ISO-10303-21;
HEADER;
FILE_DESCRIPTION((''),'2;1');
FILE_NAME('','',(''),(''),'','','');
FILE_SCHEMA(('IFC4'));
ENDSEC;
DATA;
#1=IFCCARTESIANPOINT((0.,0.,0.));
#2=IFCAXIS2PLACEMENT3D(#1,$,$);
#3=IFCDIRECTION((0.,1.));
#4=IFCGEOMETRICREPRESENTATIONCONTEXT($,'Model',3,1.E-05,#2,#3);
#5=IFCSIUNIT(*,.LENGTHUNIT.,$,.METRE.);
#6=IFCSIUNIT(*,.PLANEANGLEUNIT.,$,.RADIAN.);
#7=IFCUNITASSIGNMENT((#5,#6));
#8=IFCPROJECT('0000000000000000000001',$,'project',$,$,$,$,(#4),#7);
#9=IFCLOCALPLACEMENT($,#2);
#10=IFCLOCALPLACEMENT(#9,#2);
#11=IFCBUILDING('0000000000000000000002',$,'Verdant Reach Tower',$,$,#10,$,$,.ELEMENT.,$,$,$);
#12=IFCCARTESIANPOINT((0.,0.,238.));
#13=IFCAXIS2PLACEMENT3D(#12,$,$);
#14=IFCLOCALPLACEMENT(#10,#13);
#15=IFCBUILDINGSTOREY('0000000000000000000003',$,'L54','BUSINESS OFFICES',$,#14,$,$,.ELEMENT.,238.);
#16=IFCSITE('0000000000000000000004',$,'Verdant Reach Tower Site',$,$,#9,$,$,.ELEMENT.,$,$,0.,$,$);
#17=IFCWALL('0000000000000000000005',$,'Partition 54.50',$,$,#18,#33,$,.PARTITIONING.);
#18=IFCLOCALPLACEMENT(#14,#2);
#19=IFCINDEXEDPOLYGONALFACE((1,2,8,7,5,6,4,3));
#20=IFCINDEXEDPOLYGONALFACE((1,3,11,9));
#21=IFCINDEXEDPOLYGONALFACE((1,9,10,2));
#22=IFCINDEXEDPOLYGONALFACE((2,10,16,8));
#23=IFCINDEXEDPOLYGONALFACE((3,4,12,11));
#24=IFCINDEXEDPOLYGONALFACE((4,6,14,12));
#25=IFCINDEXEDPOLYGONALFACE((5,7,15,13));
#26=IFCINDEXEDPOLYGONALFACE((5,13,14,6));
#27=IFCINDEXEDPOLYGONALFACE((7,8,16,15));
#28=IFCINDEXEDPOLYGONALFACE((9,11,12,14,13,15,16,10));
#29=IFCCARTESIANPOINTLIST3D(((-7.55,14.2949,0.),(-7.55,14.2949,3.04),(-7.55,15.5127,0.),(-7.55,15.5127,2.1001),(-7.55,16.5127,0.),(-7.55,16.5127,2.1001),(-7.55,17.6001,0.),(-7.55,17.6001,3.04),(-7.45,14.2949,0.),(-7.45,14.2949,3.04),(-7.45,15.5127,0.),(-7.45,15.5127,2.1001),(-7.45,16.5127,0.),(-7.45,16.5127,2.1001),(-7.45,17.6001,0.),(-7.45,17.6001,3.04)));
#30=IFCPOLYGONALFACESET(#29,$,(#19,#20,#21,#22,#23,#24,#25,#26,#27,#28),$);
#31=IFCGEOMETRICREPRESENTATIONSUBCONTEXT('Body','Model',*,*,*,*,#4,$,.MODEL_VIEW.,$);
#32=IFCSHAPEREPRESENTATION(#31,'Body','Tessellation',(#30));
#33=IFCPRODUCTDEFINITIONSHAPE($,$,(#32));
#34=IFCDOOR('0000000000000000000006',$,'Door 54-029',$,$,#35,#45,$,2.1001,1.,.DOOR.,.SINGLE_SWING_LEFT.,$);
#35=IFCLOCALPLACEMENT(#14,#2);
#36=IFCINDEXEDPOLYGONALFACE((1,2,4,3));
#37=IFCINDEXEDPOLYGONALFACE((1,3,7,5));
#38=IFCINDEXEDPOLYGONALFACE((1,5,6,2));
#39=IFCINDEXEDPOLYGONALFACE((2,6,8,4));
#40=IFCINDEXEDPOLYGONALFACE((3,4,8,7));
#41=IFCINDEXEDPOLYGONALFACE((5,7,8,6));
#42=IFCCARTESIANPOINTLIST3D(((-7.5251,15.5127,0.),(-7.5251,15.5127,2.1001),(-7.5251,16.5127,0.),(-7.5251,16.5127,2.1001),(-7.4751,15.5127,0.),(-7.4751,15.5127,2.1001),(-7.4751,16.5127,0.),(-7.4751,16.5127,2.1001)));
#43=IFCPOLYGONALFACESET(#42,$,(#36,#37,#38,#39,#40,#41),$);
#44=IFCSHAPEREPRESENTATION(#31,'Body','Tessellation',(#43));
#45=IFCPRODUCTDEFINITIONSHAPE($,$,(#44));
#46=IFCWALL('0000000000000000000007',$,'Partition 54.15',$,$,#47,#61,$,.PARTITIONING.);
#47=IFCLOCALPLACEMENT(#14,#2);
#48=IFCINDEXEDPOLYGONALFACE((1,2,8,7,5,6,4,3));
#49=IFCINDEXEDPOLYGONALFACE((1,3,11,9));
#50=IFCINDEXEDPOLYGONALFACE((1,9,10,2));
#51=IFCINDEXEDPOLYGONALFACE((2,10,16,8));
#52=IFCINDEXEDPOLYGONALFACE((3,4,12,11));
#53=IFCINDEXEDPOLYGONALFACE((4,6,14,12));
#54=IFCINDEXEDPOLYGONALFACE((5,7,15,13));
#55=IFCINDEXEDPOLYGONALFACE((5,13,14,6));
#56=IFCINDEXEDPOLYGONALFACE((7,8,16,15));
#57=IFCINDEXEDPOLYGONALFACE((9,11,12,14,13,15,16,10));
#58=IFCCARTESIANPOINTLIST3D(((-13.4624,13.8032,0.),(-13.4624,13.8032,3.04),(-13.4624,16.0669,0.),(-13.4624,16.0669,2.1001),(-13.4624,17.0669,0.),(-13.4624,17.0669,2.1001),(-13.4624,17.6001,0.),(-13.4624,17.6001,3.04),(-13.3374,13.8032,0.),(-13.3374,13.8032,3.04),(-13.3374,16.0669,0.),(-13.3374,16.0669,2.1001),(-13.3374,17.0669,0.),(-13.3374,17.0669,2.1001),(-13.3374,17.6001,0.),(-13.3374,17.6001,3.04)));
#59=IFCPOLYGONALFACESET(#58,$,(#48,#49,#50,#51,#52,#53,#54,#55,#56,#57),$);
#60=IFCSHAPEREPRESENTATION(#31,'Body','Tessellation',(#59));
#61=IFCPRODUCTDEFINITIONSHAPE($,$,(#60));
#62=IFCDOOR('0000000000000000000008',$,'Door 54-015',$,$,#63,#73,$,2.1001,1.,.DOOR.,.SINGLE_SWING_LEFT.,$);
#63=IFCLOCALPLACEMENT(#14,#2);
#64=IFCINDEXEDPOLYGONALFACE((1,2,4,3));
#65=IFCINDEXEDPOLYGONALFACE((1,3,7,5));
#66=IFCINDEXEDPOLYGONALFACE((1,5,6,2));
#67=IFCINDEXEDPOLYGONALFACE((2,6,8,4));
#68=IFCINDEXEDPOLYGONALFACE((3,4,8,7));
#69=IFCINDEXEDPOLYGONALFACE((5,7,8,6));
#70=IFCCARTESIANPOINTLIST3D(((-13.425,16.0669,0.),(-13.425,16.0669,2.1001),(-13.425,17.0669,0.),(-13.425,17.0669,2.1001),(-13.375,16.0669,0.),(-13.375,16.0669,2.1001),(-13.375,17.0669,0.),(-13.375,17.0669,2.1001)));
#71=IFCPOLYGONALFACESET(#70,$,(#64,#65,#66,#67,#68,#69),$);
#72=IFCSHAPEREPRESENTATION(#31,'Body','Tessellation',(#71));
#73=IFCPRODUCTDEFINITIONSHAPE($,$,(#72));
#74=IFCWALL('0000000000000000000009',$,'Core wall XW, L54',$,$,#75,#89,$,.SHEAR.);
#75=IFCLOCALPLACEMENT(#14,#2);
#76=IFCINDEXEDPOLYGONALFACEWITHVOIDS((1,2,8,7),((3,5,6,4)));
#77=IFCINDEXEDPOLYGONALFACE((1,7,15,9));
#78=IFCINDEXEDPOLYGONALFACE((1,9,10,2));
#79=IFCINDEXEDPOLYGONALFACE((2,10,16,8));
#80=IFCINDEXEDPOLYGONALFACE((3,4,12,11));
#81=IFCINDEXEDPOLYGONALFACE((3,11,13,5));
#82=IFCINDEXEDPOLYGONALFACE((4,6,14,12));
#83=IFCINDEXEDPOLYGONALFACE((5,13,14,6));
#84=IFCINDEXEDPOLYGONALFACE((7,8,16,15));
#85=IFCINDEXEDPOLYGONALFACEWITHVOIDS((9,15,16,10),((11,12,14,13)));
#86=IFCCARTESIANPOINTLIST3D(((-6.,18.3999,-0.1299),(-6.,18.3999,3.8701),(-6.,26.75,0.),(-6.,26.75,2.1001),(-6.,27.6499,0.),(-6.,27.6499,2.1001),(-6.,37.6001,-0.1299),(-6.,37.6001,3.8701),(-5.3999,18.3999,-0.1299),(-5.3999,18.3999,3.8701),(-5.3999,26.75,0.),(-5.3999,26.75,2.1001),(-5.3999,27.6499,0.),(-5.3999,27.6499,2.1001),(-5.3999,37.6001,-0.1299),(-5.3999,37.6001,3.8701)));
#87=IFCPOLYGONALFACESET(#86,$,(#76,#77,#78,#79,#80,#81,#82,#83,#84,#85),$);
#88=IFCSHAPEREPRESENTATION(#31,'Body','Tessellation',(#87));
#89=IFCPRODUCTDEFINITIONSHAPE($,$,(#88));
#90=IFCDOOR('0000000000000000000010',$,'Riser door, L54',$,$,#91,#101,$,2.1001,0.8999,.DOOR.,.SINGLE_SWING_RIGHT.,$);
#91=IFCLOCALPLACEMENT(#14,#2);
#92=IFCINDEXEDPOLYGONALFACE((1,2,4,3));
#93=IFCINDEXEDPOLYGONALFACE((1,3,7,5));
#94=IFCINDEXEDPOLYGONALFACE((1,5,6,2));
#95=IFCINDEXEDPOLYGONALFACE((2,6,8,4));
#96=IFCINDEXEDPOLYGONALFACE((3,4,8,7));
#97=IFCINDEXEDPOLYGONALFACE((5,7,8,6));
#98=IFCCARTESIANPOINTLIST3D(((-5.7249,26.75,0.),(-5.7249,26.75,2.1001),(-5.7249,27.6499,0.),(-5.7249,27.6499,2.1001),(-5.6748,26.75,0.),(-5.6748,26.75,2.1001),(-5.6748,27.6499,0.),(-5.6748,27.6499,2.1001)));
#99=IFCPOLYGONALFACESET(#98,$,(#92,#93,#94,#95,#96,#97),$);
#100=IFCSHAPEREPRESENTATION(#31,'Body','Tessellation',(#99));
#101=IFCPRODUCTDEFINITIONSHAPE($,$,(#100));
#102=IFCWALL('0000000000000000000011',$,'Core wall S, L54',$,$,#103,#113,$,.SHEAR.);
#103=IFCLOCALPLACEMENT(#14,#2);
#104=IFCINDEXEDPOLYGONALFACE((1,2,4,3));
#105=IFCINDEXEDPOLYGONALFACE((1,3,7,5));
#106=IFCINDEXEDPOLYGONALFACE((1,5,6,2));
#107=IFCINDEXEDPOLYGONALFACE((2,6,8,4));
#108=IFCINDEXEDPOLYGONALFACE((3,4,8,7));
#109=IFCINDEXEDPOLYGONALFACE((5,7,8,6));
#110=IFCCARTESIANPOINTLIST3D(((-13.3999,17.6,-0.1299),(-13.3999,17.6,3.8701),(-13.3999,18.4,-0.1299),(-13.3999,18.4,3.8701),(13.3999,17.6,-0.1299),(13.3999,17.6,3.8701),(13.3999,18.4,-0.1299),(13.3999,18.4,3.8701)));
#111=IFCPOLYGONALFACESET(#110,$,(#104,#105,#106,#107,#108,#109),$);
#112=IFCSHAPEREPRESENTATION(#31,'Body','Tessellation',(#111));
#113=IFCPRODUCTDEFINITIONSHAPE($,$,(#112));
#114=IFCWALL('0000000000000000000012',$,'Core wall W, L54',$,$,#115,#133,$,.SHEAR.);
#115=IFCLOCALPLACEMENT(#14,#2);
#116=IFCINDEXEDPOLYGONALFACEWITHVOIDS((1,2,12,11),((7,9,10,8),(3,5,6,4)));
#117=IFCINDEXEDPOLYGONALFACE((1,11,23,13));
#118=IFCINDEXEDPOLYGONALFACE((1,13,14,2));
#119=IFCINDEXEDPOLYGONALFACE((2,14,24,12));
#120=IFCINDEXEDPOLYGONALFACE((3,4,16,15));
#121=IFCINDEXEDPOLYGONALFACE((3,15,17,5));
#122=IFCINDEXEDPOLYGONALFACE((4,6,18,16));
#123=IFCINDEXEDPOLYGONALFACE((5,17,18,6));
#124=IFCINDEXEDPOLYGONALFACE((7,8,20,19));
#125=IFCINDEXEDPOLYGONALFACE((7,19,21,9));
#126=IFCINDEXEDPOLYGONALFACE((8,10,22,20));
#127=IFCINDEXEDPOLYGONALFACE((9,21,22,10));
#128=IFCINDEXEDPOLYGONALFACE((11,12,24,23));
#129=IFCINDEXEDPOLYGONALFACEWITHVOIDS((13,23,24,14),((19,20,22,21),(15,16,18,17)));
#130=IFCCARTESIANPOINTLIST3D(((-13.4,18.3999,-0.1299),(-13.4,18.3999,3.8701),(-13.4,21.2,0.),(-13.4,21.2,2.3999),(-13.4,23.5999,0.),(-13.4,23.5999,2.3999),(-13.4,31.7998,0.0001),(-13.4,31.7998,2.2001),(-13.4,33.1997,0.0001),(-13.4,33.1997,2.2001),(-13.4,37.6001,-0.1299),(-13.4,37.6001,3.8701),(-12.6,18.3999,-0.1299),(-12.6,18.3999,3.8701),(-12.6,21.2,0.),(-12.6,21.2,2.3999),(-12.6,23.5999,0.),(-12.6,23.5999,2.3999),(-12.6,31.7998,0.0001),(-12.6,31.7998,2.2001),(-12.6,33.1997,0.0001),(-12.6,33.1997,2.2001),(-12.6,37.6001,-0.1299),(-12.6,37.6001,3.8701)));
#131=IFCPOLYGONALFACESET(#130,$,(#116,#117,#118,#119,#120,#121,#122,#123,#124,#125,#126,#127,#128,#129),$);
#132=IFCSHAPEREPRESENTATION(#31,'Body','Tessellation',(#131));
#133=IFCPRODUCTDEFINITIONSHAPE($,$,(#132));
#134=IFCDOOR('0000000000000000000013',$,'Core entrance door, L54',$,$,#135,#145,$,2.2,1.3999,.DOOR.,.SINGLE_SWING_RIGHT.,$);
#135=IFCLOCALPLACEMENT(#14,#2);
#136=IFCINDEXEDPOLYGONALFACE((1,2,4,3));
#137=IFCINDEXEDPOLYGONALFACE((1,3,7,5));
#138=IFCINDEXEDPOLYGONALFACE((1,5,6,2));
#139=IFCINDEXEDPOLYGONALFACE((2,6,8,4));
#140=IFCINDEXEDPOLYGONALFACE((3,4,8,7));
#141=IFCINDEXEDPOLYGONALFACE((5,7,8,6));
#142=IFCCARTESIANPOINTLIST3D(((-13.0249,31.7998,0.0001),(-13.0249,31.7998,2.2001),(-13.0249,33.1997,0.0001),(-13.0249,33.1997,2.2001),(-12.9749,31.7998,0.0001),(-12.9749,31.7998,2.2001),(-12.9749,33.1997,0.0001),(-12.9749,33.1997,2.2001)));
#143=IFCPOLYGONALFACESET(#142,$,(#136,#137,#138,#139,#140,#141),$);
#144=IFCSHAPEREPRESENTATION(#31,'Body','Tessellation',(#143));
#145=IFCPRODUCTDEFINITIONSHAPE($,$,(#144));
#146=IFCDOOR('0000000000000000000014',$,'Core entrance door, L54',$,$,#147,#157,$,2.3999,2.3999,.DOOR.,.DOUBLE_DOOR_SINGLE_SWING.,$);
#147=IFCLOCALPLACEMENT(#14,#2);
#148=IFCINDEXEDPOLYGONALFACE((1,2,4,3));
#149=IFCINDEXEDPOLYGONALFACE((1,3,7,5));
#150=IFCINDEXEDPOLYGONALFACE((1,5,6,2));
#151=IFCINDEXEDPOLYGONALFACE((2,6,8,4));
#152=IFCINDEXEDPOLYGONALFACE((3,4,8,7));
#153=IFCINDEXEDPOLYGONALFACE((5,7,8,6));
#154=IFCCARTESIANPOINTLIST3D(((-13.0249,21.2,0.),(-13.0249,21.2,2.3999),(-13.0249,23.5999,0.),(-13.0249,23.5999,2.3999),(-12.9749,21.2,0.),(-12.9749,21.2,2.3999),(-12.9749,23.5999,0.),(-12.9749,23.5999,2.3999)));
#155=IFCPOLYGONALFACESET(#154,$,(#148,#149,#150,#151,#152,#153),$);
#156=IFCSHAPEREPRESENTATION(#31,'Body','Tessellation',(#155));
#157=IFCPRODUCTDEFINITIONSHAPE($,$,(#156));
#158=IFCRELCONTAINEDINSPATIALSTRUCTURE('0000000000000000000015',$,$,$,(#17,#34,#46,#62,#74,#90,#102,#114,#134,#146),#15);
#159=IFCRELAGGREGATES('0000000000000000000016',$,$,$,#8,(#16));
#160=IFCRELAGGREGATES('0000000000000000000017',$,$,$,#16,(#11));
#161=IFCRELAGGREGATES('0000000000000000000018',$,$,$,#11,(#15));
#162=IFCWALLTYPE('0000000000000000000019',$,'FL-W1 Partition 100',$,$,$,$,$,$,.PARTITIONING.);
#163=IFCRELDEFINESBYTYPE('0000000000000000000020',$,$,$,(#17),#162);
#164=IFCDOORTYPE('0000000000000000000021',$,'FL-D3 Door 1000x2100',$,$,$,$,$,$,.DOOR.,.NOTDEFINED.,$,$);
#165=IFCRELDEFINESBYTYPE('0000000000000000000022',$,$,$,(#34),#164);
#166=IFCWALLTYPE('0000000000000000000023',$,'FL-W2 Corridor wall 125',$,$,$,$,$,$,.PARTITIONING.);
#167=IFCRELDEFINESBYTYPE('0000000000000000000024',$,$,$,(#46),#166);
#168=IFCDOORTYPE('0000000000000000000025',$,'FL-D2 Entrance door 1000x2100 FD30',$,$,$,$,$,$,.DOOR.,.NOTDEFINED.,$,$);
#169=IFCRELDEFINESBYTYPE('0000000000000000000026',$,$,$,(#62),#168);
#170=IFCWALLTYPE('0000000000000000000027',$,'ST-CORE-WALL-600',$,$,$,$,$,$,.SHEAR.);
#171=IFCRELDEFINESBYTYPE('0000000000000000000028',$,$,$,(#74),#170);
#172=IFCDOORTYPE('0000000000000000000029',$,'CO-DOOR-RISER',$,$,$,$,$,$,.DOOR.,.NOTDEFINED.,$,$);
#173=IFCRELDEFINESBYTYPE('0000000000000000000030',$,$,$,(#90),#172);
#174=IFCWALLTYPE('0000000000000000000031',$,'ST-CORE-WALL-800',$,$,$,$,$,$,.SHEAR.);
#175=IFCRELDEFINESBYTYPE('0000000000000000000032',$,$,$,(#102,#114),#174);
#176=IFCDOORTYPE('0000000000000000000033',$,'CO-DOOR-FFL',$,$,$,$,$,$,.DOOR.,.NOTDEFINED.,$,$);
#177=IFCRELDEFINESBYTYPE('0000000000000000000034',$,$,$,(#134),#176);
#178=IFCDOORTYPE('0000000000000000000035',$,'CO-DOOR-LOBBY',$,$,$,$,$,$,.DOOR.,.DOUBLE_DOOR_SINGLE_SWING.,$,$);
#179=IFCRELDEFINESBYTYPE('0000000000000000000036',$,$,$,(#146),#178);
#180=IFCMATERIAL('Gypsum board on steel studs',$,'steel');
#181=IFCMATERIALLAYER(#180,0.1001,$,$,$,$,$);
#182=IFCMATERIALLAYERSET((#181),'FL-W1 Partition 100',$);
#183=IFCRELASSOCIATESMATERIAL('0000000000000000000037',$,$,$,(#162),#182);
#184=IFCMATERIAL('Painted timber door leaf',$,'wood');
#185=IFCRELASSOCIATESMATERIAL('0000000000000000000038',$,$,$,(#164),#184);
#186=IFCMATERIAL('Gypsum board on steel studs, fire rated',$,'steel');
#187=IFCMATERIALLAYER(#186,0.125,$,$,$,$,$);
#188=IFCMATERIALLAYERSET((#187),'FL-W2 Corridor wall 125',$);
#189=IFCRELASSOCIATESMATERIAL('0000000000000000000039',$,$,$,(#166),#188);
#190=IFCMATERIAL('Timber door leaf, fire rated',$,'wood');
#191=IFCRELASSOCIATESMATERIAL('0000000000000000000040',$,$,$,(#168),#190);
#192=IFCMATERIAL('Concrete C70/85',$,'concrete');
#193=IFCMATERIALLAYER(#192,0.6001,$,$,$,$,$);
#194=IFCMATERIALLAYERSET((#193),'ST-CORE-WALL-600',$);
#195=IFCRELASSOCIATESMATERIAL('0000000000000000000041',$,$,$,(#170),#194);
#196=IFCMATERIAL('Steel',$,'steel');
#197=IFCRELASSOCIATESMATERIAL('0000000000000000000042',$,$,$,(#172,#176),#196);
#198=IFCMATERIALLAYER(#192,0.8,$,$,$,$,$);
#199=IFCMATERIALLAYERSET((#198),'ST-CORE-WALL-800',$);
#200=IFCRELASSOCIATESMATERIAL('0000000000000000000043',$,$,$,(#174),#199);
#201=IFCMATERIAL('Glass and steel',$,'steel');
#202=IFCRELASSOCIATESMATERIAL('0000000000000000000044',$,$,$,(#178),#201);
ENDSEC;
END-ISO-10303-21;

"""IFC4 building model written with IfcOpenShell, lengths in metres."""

from ifc_helpers import new_model, si_unit, direction, frame, frame_2d, origin, place, context, subcontext, project, spatial, rectangle, extrude, material, layer, layer_set, type_object, element, fill, save


model = new_model("IFC4")

# Units and contexts
model_context = context("Model", 3, precision=1e-05, world=origin(), true_north=direction((0.0, 1.0)))
body_context = subcontext(model_context, "Body", "Model", "MODEL_VIEW")
ifc_project = project(units=[si_unit("LENGTHUNIT", "METRE"), si_unit("PLANEANGLEUNIT", "RADIAN")], contexts=[model_context])

# Site, building, storey
site_placement = place(None, origin())
site = spatial("IfcSite", under=ifc_project, at=site_placement, Name="Verdant Reach Tower Site", CompositionType="ELEMENT", RefElevation=0.0)
building_placement = place(site_placement, origin())
building = spatial("IfcBuilding", under=site, at=building_placement, Name="Verdant Reach Tower", CompositionType="ELEMENT")
storey_placement = place(building_placement, frame((0.0, 0.0, 238.0)))
storey = spatial("IfcBuildingStorey", under=building, at=storey_placement, Name="L54", Description="BUSINESS OFFICES", CompositionType="ELEMENT", Elevation=238.0)

# Walls, openings, doors
ifc_material_1 = material(Name="Gypsum board on steel studs", Category="steel")
ifc_layer_1 = layer(ifc_material_1, 0.1001)
ifc_layer_set_1 = layer_set([ifc_layer_1], Name="FL-W1 Partition 100")
wall_type_1 = type_object("IfcWallType", Name="FL-W1 Partition 100", PredefinedType="PARTITIONING", material=ifc_layer_set_1)
wall_1_placement = place(storey_placement, frame((-7.5, 17.6001, 0.0), z_axis=(0.0, 0.0, 1.0), x_axis=(0.0, -1.0, 0.0)))
wall_1 = element("IfcWall", 1, at=wall_1_placement, inside=storey, type_object=wall_type_1, Name="Partition 54.50", PredefinedType="PARTITIONING", context=body_context, shape_type="SweptSolid", body=[
    extrude(rectangle(XDim=3.3052, YDim=0.1001, at=frame_2d((1.6526, 0.0))), origin(), (0.0, 0.0, 1.0), 3.04),
])
opening_1_placement = place(wall_1_placement, frame((1.0874, 0.0, 0.0)))
opening_1 = element("IfcOpeningElement", 2, at=opening_1_placement, cuts=wall_1, PredefinedType="OPENING", context=body_context, shape_type="SweptSolid", body=[
    extrude(rectangle(XDim=1.0, YDim=2.1001, at=frame_2d((0.5, 1.05))), frame((0.0, 0.0601, 0.0), z_axis=(0.0, -1.0, 0.0), x_axis=(1.0, 0.0, 0.0)), (0.0, 0.0, 1.0), 0.1201),
])
ifc_material_2 = material(Name="Painted timber door leaf", Category="wood")
door_type_1 = type_object("IfcDoorType", Name="FL-D3 Door 1000x2100", OperationType="NOTDEFINED", PredefinedType="DOOR", material=ifc_material_2)
door_1_placement = place(opening_1_placement, origin())
door_1 = element("IfcDoor", 3, at=door_1_placement, inside=storey, type_object=door_type_1, Name="Door 54-029", OperationType="SINGLE_SWING_LEFT", OverallHeight=2.1001, OverallWidth=1.0, PredefinedType="DOOR", context=body_context, shape_type="SweptSolid", body=[
    extrude(rectangle(XDim=1.0, YDim=2.1001, at=frame_2d((0.5, 1.05))), frame((0.0, 0.0249, 0.0), z_axis=(0.0, -1.0, 0.0), x_axis=(1.0, 0.0, 0.0)), (0.0, 0.0, 1.0), 0.05),
])
fill(opening_1, door_1)
ifc_material_3 = material(Name="Gypsum board on steel studs, fire rated", Category="steel")
ifc_layer_2 = layer(ifc_material_3, 0.125)
ifc_layer_set_2 = layer_set([ifc_layer_2], Name="FL-W2 Corridor wall 125")
wall_type_2 = type_object("IfcWallType", Name="FL-W2 Corridor wall 125", PredefinedType="PARTITIONING", material=ifc_layer_set_2)
wall_2_placement = place(storey_placement, frame((-13.3999, 17.6001, 0.0), z_axis=(0.0, 0.0, 1.0), x_axis=(0.0, -1.0, 0.0)))
wall_2 = element("IfcWall", 4, at=wall_2_placement, inside=storey, type_object=wall_type_2, Name="Partition 54.15", PredefinedType="PARTITIONING", context=body_context, shape_type="SweptSolid", body=[
    extrude(rectangle(XDim=3.7969, YDim=0.125, at=frame_2d((1.8984, 0.0))), origin(), (0.0, 0.0, 1.0), 3.04),
])
opening_2_placement = place(wall_2_placement, frame((0.5332, 0.0, 0.0)))
opening_2 = element("IfcOpeningElement", 5, at=opening_2_placement, cuts=wall_2, PredefinedType="OPENING", context=body_context, shape_type="SweptSolid", body=[
    extrude(rectangle(XDim=1.0, YDim=2.1001, at=frame_2d((0.5, 1.05))), frame((0.0, 0.0725, 0.0), z_axis=(0.0, -1.0, 0.0), x_axis=(1.0, 0.0, 0.0)), (0.0, 0.0, 1.0), 0.145),
])
ifc_material_4 = material(Name="Timber door leaf, fire rated", Category="wood")
door_type_2 = type_object("IfcDoorType", Name="FL-D2 Entrance door 1000x2100 FD30", OperationType="NOTDEFINED", PredefinedType="DOOR", material=ifc_material_4)
door_2_placement = place(opening_2_placement, origin())
door_2 = element("IfcDoor", 6, at=door_2_placement, inside=storey, type_object=door_type_2, Name="Door 54-015", OperationType="SINGLE_SWING_LEFT", OverallHeight=2.1001, OverallWidth=1.0, PredefinedType="DOOR", context=body_context, shape_type="SweptSolid", body=[
    extrude(rectangle(XDim=1.0, YDim=2.1001, at=frame_2d((0.5, 1.05))), frame((0.0, 0.0249, 0.0), z_axis=(0.0, -1.0, 0.0), x_axis=(1.0, 0.0, 0.0)), (0.0, 0.0, 1.0), 0.05),
])
fill(opening_2, door_2)
ifc_material_5 = material(Name="Concrete C70/85", Category="concrete")
ifc_layer_3 = layer(ifc_material_5, 0.6001)
ifc_layer_set_3 = layer_set([ifc_layer_3], Name="ST-CORE-WALL-600")
wall_type_3 = type_object("IfcWallType", Name="ST-CORE-WALL-600", PredefinedType="SHEAR", material=ifc_layer_set_3)
wall_3_placement = place(storey_placement, frame((-5.7, 18.3999, -0.1299), z_axis=(0.0, 0.0, 1.0), x_axis=(0.0, 1.0, 0.0)))
wall_3 = element("IfcWall", 7, at=wall_3_placement, inside=storey, type_object=wall_type_3, Name="Core wall XW, L54", PredefinedType="SHEAR", context=body_context, shape_type="SweptSolid", body=[
    extrude(rectangle(XDim=19.2002, YDim=0.6001, at=frame_2d((9.6001, 0.0))), origin(), (0.0, 0.0, 1.0), 4.0),
])
opening_3_placement = place(wall_3_placement, frame((8.3501, 0.0, 0.1299)))
opening_3 = element("IfcOpeningElement", 8, at=opening_3_placement, cuts=wall_3, PredefinedType="OPENING", context=body_context, shape_type="SweptSolid", body=[
    extrude(rectangle(XDim=0.8999, YDim=2.1001, at=frame_2d((0.45, 1.05))), frame((0.0, 0.3101, 0.0), z_axis=(0.0, -1.0, 0.0), x_axis=(1.0, 0.0, 0.0)), (0.0, 0.0, 1.0), 0.6201),
])
ifc_material_6 = material(Name="Steel", Category="steel")
door_type_3 = type_object("IfcDoorType", Name="CO-DOOR-RISER", OperationType="NOTDEFINED", PredefinedType="DOOR", material=ifc_material_6)
door_3_placement = place(opening_3_placement, origin())
door_3 = element("IfcDoor", 9, at=door_3_placement, inside=storey, type_object=door_type_3, Name="Riser door, L54", OperationType="SINGLE_SWING_RIGHT", OverallHeight=2.1001, OverallWidth=0.8999, PredefinedType="DOOR", context=body_context, shape_type="SweptSolid", body=[
    extrude(rectangle(XDim=0.8999, YDim=2.1001, at=frame_2d((0.45, 1.05))), frame((0.0, 0.0249, 0.0), z_axis=(0.0, -1.0, 0.0), x_axis=(1.0, 0.0, 0.0)), (0.0, 0.0, 1.0), 0.05),
])
fill(opening_3, door_3)

# Wall
ifc_layer_4 = layer(ifc_material_5, 0.8)
ifc_layer_set_4 = layer_set([ifc_layer_4], Name="ST-CORE-WALL-800")
wall_type_4 = type_object("IfcWallType", Name="ST-CORE-WALL-800", PredefinedType="SHEAR", material=ifc_layer_set_4)
wall_4_placement = place(storey_placement, frame((-13.3999, 18.0, -0.1299), z_axis=(0.0, 0.0, 1.0), x_axis=(1.0, 0.0, 0.0)))
element("IfcWall", 10, at=wall_4_placement, inside=storey, type_object=wall_type_4, Name="Core wall S, L54", PredefinedType="SHEAR", context=body_context, shape_type="SweptSolid", body=[
    extrude(rectangle(XDim=26.7998, YDim=0.8, at=frame_2d((13.3999, 0.0))), origin(), (0.0, 0.0, 1.0), 4.0),
])

# Wall, openings, doors
wall_5_placement = place(storey_placement, frame((-13.0, 18.3999, -0.1299), z_axis=(0.0, 0.0, 1.0), x_axis=(0.0, 1.0, 0.0)))
wall_5 = element("IfcWall", 11, at=wall_5_placement, inside=storey, type_object=wall_type_4, Name="Core wall W, L54", PredefinedType="SHEAR", context=body_context, shape_type="SweptSolid", body=[
    extrude(rectangle(XDim=19.2002, YDim=0.8, at=frame_2d((9.6001, 0.0))), origin(), (0.0, 0.0, 1.0), 4.0),
])
opening_4_placement = place(wall_5_placement, frame((2.8, 0.0, 0.1299)))
opening_4 = element("IfcOpeningElement", 12, at=opening_4_placement, cuts=wall_5, PredefinedType="OPENING", context=body_context, shape_type="SweptSolid", body=[
    extrude(rectangle(XDim=2.3999, YDim=2.3999, at=frame_2d((1.2, 1.2))), frame((0.0, 0.4099, 0.0), z_axis=(0.0, -1.0, 0.0), x_axis=(1.0, 0.0, 0.0)), (0.0, 0.0, 1.0), 0.8201),
])
opening_5_placement = place(wall_5_placement, frame((13.3999, 0.0, 0.1299)))
opening_5 = element("IfcOpeningElement", 13, at=opening_5_placement, cuts=wall_5, PredefinedType="OPENING", context=body_context, shape_type="SweptSolid", body=[
    extrude(rectangle(XDim=1.3999, YDim=2.2, at=frame_2d((0.7, 1.1001))), frame((0.0, 0.4099, 0.0), z_axis=(0.0, -1.0, 0.0), x_axis=(1.0, 0.0, 0.0)), (0.0, 0.0, 1.0), 0.8201),
])
door_type_4 = type_object("IfcDoorType", Name="CO-DOOR-FFL", OperationType="NOTDEFINED", PredefinedType="DOOR", material=ifc_material_6)
door_4_placement = place(opening_5_placement, origin())
door_4 = element("IfcDoor", 14, at=door_4_placement, inside=storey, type_object=door_type_4, Name="Core entrance door, L54", OperationType="SINGLE_SWING_RIGHT", OverallHeight=2.2, OverallWidth=1.3999, PredefinedType="DOOR", context=body_context, shape_type="SweptSolid", body=[
    extrude(rectangle(XDim=1.3999, YDim=2.2, at=frame_2d((0.7, 1.1001))), frame((0.0, 0.0249, 0.0), z_axis=(0.0, -1.0, 0.0), x_axis=(1.0, 0.0, 0.0)), (0.0, 0.0, 1.0), 0.05),
])
fill(opening_5, door_4)
ifc_material_7 = material(Name="Glass and steel", Category="steel")
door_type_5 = type_object("IfcDoorType", Name="CO-DOOR-LOBBY", OperationType="DOUBLE_DOOR_SINGLE_SWING", PredefinedType="DOOR", material=ifc_material_7)
door_5_placement = place(opening_4_placement, origin())
door_5 = element("IfcDoor", 15, at=door_5_placement, inside=storey, type_object=door_type_5, Name="Core entrance door, L54", OperationType="DOUBLE_DOOR_SINGLE_SWING", OverallHeight=2.3999, OverallWidth=2.3999, PredefinedType="DOOR", context=body_context, shape_type="SweptSolid", body=[
    extrude(rectangle(XDim=2.3999, YDim=2.3999, at=frame_2d((1.2, 1.2))), frame((0.0, 0.0249, 0.0), z_axis=(0.0, -1.0, 0.0), x_axis=(1.0, 0.0, 0.0)), (0.0, 0.0, 1.0), 0.05),
])
fill(opening_4, door_5)

save(model, "model.ifc")
